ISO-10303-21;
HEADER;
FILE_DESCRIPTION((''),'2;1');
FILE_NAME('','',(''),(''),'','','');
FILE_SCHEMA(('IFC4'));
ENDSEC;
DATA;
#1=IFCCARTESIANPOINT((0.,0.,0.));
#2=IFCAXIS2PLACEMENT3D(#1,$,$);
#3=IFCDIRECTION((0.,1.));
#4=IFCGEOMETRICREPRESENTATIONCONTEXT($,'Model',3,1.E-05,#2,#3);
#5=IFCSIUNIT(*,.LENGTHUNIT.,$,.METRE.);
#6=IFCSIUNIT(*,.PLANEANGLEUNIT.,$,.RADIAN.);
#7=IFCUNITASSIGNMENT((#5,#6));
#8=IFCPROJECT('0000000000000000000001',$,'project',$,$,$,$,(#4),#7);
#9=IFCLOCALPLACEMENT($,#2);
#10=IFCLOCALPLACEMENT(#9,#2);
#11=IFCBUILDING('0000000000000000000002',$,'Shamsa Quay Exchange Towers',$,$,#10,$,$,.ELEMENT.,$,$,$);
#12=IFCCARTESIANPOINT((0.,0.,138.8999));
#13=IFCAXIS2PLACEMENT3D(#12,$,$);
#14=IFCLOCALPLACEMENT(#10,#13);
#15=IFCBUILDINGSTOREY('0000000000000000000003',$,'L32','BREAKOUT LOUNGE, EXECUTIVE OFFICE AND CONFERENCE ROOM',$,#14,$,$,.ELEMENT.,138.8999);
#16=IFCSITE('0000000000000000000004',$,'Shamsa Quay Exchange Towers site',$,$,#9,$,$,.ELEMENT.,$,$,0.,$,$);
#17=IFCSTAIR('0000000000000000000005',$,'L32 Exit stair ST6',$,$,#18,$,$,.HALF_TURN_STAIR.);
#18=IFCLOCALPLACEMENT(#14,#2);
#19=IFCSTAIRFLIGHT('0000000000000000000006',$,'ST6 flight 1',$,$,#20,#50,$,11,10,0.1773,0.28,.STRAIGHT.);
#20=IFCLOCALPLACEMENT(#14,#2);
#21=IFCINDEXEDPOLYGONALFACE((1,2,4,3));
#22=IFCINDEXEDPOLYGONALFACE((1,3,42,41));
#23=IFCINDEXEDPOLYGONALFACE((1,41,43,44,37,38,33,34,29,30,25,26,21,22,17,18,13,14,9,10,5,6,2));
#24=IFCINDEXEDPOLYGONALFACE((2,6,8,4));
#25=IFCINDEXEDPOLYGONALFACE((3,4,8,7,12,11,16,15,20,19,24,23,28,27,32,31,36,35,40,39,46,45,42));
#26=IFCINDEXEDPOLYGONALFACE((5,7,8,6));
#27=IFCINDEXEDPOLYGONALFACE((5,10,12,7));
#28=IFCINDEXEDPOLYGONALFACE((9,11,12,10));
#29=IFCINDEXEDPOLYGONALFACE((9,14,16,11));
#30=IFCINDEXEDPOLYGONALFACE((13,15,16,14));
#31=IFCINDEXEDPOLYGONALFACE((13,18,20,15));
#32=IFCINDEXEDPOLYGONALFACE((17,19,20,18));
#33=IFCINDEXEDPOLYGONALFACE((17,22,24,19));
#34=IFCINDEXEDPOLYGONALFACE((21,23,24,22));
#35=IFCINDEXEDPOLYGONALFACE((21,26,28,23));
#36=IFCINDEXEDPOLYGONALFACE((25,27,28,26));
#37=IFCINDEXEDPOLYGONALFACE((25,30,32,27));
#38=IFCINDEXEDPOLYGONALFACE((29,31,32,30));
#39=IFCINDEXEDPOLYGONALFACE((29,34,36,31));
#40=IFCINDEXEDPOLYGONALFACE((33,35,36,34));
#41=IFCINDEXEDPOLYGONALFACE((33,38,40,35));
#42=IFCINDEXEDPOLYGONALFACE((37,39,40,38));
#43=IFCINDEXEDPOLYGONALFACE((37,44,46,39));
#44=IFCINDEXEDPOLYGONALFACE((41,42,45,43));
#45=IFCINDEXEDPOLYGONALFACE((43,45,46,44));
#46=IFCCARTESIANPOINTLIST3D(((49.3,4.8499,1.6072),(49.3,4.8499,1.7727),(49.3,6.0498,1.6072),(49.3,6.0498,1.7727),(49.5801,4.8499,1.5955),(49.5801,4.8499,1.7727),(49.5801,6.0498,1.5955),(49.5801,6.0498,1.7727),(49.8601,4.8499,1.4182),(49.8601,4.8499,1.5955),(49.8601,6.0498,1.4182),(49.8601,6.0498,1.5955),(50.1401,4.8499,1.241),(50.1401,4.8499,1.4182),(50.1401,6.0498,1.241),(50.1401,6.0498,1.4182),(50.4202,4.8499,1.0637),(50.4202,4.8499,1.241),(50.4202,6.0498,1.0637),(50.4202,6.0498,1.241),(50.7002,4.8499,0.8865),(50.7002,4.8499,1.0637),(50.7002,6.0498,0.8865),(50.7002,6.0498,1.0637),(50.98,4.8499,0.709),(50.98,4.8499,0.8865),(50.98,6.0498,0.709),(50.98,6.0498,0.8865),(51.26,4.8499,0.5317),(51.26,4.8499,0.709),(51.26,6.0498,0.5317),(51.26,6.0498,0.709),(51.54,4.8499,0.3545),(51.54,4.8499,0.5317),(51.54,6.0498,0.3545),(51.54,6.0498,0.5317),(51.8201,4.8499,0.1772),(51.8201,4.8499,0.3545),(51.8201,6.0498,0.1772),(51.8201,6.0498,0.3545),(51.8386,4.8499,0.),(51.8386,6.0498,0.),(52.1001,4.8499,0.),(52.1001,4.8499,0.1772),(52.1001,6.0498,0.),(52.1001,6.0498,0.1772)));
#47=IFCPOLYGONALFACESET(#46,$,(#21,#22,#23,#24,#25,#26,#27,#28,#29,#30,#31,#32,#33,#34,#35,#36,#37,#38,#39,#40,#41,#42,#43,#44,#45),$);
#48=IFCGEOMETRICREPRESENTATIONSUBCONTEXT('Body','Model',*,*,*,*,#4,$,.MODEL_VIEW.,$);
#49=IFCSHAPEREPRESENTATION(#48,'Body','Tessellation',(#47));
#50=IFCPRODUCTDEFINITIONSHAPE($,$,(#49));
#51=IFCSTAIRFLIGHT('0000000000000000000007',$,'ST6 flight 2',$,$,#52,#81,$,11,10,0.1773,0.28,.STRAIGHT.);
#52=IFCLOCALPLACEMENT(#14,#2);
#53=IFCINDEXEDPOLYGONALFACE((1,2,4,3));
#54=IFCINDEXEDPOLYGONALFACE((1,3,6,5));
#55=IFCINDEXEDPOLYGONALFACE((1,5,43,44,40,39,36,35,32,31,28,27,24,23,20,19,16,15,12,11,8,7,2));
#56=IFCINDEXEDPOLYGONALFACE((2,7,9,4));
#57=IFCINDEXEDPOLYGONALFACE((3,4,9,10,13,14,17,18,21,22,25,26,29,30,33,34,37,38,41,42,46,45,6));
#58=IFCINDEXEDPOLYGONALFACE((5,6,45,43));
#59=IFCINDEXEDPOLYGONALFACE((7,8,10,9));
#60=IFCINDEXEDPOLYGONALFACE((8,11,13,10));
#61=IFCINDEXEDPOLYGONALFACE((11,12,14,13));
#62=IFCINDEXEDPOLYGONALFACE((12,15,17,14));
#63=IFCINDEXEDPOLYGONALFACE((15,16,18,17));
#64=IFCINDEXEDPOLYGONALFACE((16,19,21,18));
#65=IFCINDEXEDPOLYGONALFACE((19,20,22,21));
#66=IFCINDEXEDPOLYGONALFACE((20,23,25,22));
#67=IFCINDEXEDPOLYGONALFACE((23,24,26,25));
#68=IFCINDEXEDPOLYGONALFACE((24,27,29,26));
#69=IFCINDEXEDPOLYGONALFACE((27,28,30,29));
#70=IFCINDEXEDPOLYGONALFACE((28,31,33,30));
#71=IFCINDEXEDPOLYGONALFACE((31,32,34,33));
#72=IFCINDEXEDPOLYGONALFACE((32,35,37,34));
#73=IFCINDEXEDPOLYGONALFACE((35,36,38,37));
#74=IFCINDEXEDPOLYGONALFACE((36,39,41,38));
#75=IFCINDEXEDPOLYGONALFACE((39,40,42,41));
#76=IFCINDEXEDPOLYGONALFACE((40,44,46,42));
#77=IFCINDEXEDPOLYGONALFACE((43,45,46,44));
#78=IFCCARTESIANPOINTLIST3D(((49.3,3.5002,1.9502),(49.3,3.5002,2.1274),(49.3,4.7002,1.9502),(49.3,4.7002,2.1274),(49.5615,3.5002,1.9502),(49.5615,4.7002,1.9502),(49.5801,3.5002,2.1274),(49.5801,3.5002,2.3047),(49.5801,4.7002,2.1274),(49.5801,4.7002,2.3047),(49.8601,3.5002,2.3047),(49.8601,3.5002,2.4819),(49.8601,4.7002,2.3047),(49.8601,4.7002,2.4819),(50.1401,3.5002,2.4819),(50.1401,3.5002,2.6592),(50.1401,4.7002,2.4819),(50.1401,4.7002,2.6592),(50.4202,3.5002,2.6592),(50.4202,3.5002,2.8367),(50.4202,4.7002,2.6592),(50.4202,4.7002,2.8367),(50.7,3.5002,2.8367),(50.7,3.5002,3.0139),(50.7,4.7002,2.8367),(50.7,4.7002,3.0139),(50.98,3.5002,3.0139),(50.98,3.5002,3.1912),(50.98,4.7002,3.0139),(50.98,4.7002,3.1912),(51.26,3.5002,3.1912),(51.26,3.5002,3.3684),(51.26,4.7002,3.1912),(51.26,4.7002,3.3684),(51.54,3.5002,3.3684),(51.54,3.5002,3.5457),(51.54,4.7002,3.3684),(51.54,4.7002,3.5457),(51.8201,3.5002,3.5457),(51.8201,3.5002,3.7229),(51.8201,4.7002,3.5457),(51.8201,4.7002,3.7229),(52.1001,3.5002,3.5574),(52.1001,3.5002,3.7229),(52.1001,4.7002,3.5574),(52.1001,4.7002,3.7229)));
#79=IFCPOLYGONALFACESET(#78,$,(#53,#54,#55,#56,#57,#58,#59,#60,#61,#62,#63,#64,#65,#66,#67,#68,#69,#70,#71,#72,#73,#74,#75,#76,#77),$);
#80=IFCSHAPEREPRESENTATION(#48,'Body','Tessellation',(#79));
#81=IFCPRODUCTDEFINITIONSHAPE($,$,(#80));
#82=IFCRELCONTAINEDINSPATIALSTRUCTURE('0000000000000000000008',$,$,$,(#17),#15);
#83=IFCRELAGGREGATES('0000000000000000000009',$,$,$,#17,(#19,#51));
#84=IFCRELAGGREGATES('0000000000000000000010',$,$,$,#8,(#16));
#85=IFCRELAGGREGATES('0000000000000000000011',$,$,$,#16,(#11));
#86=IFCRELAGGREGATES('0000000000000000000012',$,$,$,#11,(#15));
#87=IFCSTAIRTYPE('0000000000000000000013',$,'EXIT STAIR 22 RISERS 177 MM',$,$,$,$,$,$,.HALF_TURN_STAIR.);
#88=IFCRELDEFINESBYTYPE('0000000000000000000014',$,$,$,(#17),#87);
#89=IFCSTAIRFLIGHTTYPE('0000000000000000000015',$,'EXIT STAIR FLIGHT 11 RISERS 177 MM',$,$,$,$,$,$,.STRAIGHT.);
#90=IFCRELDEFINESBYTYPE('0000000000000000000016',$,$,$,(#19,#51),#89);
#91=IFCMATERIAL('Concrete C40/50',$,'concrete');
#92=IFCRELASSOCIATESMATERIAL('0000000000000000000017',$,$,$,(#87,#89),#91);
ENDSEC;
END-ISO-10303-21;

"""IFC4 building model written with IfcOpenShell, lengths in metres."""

from ifc_helpers import new_model, si_unit, direction, frame, origin, place, context, subcontext, project, spatial, polyline, outline, extrude, material, type_object, element, aggregate, save


model = new_model("IFC4")

# Units and contexts
model_context = context("Model", 3, precision=1e-05, world=origin(), true_north=direction((0.0, 1.0)))
body_context = subcontext(model_context, "Body", "Model", "MODEL_VIEW")
ifc_project = project(units=[si_unit("LENGTHUNIT", "METRE"), si_unit("PLANEANGLEUNIT", "RADIAN")], contexts=[model_context])

# Site, building, storey
site_placement = place(None, origin())
site = spatial("IfcSite", under=ifc_project, at=site_placement, Name="Shamsa Quay Exchange Towers site", CompositionType="ELEMENT", RefElevation=0.0)
building_placement = place(site_placement, origin())
building = spatial("IfcBuilding", under=site, at=building_placement, Name="Shamsa Quay Exchange Towers", CompositionType="ELEMENT")
storey_placement = place(building_placement, frame((0.0, 0.0, 138.8999)))
storey = spatial("IfcBuildingStorey", under=building, at=storey_placement, Name="L32", Description="BREAKOUT LOUNGE, EXECUTIVE OFFICE AND CONFERENCE ROOM", CompositionType="ELEMENT", Elevation=138.8999)

# Stair, stair flights
ifc_material_1 = material(Name="Concrete C40/50", Category="concrete")
stair_type = type_object("IfcStairType", Name="EXIT STAIR 22 RISERS 177 MM", PredefinedType="HALF_TURN_STAIR", material=ifc_material_1)
stair_placement = place(storey_placement, origin())
stair = element("IfcStair", 1, at=stair_placement, inside=storey, type_object=stair_type, Name="L32 Exit stair ST6", PredefinedType="HALF_TURN_STAIR")
stair_flight_type = type_object("IfcStairFlightType", Name="EXIT STAIR FLIGHT 11 RISERS 177 MM", PredefinedType="STRAIGHT", material=ifc_material_1)
stair_flight_1_placement = place(storey_placement, frame((52.1001, 5.45, 0.0), z_axis=(0.0, 0.0, 1.0), x_axis=(-1.0, 0.0, 0.0)))
stair_flight_1 = element("IfcStairFlight", 2, at=stair_flight_1_placement, type_object=stair_flight_type, Name="ST6 flight 1", NumberOfRisers=11, NumberOfTreads=10, PredefinedType="STRAIGHT", RiserHeight=0.1773, TreadLength=0.28, context=body_context, shape_type="SweptSolid", body=[
    extrude(outline(polyline([(0.0, 0.0), (0.0, 0.1772), (0.28, 0.1772), (0.28, 0.3545), (0.5601, 0.3545), (0.5601, 0.5317), (0.8401, 0.5317), (0.8401, 0.709), (1.1201, 0.709), (1.1201, 0.8865), (1.3999, 0.8865), (1.3999, 1.0637), (1.6799, 1.0637), (1.6799, 1.241), (1.96, 1.241), (1.96, 1.4182), (2.24, 1.4182), (2.24, 1.5955), (2.52, 1.5955), (2.52, 1.7727), (2.8, 1.7727), (2.8, 1.95), (2.8, 1.6072), (0.2615, 0.0), (0.0, 0.0)])), frame((0.0, 0.6001, 0.0), z_axis=(0.0, -1.0, 0.0), x_axis=(1.0, 0.0, 0.0)), (0.0, 0.0, 1.0), 1.2),
])
stair_flight_2_placement = place(storey_placement, frame((49.3, 4.1001, 1.9502)))
stair_flight_2 = element("IfcStairFlight", 3, at=stair_flight_2_placement, type_object=stair_flight_type, Name="ST6 flight 2", NumberOfRisers=11, NumberOfTreads=10, PredefinedType="STRAIGHT", RiserHeight=0.1773, TreadLength=0.28, context=body_context, shape_type="SweptSolid", body=[
    extrude(outline(polyline([(0.0, 0.0), (0.0, 0.1772), (0.28, 0.1772), (0.28, 0.3545), (0.5601, 0.3545), (0.5601, 0.5317), (0.8401, 0.5317), (0.8401, 0.709), (1.1201, 0.709), (1.1201, 0.8865), (1.3999, 0.8865), (1.3999, 1.0637), (1.6799, 1.0637), (1.6799, 1.241), (1.96, 1.241), (1.96, 1.4182), (2.24, 1.4182), (2.24, 1.5955), (2.52, 1.5955), (2.52, 1.7727), (2.8, 1.7727), (2.8, 1.95), (2.8, 1.6072), (0.2615, 0.0), (0.0, 0.0)])), frame((0.0, 0.6001, 0.0), z_axis=(0.0, -1.0, 0.0), x_axis=(1.0, 0.0, 0.0)), (0.0, 0.0, 1.0), 1.2),
])
aggregate(stair, [stair_flight_1, stair_flight_2])

save(model, "model.ifc")
